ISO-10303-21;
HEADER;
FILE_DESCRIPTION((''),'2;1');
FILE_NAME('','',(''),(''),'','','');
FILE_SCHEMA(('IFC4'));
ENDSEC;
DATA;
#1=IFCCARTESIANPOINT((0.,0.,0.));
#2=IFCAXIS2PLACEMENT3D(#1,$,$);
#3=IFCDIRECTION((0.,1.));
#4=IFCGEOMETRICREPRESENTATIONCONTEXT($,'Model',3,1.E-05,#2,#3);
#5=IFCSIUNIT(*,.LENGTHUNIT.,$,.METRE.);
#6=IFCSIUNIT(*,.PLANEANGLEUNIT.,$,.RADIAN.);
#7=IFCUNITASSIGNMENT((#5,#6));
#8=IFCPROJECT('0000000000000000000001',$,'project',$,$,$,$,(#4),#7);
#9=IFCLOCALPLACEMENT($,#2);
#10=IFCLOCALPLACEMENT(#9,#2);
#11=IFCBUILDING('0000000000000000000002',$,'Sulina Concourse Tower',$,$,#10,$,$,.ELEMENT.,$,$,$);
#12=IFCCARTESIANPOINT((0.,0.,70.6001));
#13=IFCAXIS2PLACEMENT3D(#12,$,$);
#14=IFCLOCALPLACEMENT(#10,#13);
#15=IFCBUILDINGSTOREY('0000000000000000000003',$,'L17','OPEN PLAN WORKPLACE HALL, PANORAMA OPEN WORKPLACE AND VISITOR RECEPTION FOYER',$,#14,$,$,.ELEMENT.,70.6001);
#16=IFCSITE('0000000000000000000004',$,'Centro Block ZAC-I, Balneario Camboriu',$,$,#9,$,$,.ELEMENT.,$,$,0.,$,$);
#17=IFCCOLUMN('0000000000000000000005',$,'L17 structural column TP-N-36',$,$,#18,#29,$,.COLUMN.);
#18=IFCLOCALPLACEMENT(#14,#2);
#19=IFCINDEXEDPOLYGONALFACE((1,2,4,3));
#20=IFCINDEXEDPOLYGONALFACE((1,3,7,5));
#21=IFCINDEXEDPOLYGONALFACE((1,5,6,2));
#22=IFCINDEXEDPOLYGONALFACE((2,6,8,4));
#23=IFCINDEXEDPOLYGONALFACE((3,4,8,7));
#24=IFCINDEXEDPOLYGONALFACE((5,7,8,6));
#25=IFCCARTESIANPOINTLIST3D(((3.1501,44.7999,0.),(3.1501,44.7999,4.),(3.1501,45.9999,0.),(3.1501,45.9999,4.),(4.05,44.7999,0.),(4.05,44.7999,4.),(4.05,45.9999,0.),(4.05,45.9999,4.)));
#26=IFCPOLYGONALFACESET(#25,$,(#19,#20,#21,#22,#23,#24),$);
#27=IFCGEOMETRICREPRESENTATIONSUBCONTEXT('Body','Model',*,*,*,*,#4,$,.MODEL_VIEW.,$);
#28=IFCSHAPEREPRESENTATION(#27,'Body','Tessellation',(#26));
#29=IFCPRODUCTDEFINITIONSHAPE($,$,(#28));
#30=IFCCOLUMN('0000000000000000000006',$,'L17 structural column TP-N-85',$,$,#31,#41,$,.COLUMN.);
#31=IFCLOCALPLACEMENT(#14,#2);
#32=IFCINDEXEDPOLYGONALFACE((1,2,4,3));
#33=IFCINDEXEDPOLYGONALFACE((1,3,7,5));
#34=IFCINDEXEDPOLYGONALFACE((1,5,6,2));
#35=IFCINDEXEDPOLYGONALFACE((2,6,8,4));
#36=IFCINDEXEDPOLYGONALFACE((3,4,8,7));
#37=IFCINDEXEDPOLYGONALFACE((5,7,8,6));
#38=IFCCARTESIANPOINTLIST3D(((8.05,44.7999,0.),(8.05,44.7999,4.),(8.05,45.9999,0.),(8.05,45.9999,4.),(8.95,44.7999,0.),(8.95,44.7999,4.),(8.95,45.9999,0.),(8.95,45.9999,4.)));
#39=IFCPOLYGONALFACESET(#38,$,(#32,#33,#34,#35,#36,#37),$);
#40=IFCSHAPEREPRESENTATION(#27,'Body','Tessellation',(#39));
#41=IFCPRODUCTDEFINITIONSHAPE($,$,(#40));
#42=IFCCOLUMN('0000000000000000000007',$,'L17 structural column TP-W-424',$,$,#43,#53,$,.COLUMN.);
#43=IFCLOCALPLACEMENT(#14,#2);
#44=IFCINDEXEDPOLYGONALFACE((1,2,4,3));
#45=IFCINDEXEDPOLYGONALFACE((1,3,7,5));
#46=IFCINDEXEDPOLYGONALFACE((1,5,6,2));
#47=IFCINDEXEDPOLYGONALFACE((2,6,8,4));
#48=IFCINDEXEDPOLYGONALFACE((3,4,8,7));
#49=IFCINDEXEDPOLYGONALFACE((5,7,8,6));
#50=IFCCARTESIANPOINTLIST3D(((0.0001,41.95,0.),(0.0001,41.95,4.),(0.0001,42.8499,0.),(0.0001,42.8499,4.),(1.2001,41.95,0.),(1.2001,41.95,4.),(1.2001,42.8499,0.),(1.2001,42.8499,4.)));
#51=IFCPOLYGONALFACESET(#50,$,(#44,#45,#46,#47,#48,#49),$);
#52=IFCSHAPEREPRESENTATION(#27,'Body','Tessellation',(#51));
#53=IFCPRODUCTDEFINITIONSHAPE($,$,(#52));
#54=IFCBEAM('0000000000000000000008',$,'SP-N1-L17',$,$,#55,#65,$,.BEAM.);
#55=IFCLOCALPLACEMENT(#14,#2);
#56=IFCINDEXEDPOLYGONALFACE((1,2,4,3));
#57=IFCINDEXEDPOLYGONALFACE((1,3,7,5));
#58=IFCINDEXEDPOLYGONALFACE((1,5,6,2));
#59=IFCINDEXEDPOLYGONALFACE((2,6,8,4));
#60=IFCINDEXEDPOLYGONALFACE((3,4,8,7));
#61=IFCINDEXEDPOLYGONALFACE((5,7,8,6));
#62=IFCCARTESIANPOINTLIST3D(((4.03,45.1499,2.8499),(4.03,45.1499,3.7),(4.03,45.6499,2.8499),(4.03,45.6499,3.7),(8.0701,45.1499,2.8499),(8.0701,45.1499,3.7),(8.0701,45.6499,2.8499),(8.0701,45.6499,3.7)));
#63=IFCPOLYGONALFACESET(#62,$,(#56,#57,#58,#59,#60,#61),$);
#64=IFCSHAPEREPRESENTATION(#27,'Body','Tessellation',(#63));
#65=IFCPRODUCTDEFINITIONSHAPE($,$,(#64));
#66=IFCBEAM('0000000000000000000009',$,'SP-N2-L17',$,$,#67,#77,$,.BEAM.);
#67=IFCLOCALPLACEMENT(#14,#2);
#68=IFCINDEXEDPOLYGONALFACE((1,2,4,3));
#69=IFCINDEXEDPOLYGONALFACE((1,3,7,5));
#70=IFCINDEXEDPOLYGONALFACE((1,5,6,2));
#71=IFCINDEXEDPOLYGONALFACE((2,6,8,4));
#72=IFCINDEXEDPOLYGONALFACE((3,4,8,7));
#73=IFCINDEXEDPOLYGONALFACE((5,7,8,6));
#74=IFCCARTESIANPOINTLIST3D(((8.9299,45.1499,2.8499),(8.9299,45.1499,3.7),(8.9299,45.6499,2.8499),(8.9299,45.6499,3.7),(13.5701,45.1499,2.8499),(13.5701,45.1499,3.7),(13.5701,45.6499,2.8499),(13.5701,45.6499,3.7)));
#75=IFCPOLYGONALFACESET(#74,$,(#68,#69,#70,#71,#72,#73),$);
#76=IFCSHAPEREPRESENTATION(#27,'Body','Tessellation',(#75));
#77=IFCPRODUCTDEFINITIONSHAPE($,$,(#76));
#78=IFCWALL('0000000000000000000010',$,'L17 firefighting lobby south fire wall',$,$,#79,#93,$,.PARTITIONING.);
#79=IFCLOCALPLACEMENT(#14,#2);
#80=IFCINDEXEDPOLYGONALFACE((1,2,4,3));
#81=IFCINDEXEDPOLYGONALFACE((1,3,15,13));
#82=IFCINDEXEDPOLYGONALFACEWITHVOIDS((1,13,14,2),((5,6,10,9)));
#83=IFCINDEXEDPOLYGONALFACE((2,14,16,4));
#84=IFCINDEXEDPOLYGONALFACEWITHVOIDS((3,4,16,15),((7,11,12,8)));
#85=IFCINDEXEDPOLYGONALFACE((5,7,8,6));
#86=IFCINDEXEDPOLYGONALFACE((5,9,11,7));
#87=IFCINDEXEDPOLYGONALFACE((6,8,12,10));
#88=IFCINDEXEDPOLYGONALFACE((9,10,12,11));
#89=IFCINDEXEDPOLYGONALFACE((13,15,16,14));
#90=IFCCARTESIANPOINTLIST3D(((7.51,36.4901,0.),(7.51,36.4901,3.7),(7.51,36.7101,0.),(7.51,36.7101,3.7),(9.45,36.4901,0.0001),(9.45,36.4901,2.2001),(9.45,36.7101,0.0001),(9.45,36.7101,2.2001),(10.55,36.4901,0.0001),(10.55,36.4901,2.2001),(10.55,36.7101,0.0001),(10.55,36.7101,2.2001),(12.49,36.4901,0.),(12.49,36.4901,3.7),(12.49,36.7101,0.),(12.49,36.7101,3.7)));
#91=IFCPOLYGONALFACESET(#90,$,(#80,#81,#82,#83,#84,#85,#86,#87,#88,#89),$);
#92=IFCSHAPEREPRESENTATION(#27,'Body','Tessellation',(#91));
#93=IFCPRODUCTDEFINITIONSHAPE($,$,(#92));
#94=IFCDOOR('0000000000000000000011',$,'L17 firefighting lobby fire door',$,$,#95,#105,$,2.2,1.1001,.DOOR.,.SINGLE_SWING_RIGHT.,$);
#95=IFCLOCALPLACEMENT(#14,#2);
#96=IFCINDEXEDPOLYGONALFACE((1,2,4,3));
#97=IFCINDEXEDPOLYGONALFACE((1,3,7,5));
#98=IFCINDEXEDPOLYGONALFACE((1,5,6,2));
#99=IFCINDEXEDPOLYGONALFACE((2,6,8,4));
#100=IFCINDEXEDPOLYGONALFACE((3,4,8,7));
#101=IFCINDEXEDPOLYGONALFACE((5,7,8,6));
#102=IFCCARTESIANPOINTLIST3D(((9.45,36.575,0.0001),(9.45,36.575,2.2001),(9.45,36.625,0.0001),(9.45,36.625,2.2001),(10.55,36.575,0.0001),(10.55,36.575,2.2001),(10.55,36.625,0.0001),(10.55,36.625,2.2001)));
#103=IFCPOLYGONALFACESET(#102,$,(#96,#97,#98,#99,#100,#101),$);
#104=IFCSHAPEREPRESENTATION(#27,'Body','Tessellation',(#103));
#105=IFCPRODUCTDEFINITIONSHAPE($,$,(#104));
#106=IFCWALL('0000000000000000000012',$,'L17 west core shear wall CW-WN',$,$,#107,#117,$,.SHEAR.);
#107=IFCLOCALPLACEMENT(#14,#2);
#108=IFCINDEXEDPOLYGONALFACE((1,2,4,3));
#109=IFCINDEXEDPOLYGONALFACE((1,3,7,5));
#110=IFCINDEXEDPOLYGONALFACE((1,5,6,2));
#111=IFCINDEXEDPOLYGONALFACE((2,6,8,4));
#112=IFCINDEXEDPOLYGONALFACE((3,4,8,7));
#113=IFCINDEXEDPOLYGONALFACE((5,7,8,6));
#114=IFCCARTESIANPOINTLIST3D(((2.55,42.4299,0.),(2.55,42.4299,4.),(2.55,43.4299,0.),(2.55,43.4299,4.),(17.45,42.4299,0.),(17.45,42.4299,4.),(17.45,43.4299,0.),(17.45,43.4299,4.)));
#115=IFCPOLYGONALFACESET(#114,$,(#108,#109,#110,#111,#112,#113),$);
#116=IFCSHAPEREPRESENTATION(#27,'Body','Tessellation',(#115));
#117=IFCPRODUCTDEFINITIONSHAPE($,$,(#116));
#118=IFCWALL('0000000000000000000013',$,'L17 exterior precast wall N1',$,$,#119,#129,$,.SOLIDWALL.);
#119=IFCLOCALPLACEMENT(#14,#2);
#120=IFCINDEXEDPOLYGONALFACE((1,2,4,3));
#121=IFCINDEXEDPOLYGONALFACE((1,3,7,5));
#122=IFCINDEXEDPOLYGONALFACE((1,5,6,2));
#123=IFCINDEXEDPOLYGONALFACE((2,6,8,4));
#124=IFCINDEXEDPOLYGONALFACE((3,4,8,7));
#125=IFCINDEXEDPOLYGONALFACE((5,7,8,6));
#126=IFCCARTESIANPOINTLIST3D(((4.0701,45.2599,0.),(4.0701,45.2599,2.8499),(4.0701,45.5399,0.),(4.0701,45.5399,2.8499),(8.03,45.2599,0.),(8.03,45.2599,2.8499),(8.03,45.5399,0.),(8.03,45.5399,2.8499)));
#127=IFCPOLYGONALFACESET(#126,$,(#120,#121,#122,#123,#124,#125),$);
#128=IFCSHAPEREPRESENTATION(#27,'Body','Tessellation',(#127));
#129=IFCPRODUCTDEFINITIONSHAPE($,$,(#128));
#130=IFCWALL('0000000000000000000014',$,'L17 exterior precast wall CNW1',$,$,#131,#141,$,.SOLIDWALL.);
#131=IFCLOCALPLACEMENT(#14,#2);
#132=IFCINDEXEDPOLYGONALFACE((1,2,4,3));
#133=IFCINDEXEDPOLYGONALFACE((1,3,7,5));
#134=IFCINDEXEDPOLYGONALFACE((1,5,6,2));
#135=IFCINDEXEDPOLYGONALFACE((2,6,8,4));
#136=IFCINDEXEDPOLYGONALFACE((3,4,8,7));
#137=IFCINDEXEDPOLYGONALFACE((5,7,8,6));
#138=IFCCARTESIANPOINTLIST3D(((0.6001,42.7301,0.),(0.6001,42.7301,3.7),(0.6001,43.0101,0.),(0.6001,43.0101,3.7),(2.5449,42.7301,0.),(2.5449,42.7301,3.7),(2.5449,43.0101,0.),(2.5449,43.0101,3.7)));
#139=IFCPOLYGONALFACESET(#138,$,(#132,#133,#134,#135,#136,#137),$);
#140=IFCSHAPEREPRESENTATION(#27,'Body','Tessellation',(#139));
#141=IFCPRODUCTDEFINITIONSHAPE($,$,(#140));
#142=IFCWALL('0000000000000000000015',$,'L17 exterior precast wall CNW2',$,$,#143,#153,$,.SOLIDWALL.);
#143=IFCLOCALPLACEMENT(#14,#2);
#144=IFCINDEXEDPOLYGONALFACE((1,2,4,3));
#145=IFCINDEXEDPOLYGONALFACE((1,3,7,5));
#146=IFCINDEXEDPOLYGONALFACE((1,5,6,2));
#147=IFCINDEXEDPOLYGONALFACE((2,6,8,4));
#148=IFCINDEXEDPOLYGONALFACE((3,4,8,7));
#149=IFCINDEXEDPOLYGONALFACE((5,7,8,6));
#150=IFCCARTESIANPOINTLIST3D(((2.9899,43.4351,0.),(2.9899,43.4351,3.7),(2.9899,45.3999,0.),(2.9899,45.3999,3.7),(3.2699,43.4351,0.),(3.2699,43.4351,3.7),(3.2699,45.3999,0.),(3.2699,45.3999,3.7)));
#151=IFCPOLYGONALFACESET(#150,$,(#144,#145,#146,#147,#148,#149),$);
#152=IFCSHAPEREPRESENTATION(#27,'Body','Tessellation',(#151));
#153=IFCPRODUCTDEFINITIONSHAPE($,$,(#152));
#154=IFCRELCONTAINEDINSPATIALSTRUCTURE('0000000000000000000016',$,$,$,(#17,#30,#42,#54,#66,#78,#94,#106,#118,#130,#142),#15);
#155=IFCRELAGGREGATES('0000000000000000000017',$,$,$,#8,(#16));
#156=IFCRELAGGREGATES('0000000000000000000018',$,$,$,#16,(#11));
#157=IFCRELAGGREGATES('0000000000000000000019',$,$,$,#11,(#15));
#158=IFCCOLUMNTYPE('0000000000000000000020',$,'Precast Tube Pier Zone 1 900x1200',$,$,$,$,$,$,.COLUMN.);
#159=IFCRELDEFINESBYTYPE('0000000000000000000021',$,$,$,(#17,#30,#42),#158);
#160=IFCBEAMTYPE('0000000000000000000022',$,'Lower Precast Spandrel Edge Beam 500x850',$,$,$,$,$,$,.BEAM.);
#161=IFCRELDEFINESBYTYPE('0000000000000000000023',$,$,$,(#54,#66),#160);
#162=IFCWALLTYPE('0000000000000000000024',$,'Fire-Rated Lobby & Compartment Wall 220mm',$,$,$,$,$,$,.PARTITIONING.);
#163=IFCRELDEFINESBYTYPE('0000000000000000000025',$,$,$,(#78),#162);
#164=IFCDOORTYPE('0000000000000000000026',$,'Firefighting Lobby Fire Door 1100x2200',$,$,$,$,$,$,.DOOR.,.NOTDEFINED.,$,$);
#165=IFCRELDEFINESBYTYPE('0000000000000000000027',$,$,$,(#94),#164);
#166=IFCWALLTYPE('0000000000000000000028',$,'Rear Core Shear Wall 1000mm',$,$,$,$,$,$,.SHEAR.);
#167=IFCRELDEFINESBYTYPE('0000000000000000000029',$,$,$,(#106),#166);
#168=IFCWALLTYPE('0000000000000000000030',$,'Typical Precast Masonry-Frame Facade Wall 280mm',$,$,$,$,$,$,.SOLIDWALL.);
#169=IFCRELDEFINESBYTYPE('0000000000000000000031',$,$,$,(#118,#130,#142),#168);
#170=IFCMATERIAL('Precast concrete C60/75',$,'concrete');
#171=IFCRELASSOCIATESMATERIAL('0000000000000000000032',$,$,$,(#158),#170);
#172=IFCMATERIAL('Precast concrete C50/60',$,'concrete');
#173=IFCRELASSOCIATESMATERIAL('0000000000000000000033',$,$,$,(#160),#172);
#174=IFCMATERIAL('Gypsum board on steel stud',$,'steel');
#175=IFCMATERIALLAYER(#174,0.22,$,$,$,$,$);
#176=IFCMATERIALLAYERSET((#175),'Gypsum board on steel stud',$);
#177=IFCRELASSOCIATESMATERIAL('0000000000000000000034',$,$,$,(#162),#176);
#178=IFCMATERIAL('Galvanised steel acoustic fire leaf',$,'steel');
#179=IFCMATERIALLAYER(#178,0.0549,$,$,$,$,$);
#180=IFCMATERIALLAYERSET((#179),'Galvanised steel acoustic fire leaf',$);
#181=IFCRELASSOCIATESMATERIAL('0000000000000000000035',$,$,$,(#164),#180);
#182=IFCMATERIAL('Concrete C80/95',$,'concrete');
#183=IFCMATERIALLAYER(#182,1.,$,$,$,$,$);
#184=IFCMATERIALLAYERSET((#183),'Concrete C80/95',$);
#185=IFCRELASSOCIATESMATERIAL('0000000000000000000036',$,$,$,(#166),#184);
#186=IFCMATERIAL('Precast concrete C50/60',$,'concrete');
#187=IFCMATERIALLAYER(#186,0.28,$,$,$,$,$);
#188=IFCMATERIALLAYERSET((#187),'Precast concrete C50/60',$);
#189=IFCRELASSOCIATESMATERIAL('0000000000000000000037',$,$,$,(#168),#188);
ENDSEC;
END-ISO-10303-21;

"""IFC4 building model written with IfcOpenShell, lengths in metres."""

from ifc_helpers import new_model, si_unit, direction, frame, frame_2d, origin, origin_2d, place, context, subcontext, project, spatial, rectangle, extrude, material, layer, layer_set, material_profile, profile_set, type_object, element, fill, save


model = new_model("IFC4")

# Units and contexts
model_context = context("Model", 3, precision=1e-05, world=origin(), true_north=direction((0.0, 1.0)))
body_context = subcontext(model_context, "Body", "Model", "MODEL_VIEW")
ifc_project = project(units=[si_unit("LENGTHUNIT", "METRE"), si_unit("PLANEANGLEUNIT", "RADIAN")], contexts=[model_context])

# Site, building, storey
site_placement = place(None, origin())
site = spatial("IfcSite", under=ifc_project, at=site_placement, Name="Centro Block ZAC-I, Balneario Camboriu", CompositionType="ELEMENT", RefElevation=0.0)
building_placement = place(site_placement, origin())
building = spatial("IfcBuilding", under=site, at=building_placement, Name="Sulina Concourse Tower", CompositionType="ELEMENT")
storey_placement = place(building_placement, frame((0.0, 0.0, 70.6001)))
storey = spatial("IfcBuildingStorey", under=building, at=storey_placement, Name="L17", Description="OPEN PLAN WORKPLACE HALL, PANORAMA OPEN WORKPLACE AND VISITOR RECEPTION FOYER", CompositionType="ELEMENT", Elevation=70.6001)

# Columns
ifc_material_1 = material(Name="Precast concrete C60/75", Category="concrete")
ifc_material_profile_1 = material_profile(ifc_material_1, rectangle(XDim=0.8999, YDim=1.2, at=origin_2d()), Name="PC 900x1200")
ifc_profile_set_1 = profile_set([ifc_material_profile_1], Name="Precast concrete C60/75")
column_type = type_object("IfcColumnType", Name="Precast Tube Pier Zone 1 900x1200", PredefinedType="COLUMN", material=ifc_profile_set_1)
for number, where, z_axis, x_axis, name in (
    (1, (3.6001, 45.3999, 0.0), (0.0, 0.0, 1.0), (1.0, 0.0, 0.0), "L17 structural column TP-N-36"),
    (2, (8.5, 45.3999, 0.0), (0.0, 0.0, 1.0), (1.0, 0.0, 0.0), "L17 structural column TP-N-85"),
    (3, (0.6001, 42.3999, 0.0), (0.0, 0.0, 1.0), (0.0, 1.0, 0.0), "L17 structural column TP-W-424"),
):
    element("IfcColumn", number, at=place(storey_placement, frame(where, z_axis=z_axis, x_axis=x_axis)), inside=storey, type_object=column_type, Name=name, PredefinedType="COLUMN", context=body_context, shape_type="SweptSolid", body=[
        extrude(rectangle(XDim=0.8999, YDim=1.2, at=origin_2d()), origin(), (0.0, 0.0, 1.0), 4.0),
    ])

# Beams
ifc_material_2 = material(Name="Precast concrete C50/60", Category="concrete")
ifc_material_profile_2 = material_profile(ifc_material_2, rectangle(XDim=0.5, YDim=0.8501, at=origin_2d()), Name="RC 500x850")
ifc_profile_set_2 = profile_set([ifc_material_profile_2], Name="Precast concrete C50/60")
beam_type = type_object("IfcBeamType", Name="Lower Precast Spandrel Edge Beam 500x850", PredefinedType="BEAM", material=ifc_profile_set_2)
beam_1_placement = place(storey_placement, frame((4.03, 45.3999, 3.2749), z_axis=(1.0, 0.0, 0.0), x_axis=(0.0, 1.0, 0.0)))
element("IfcBeam", 4, at=beam_1_placement, inside=storey, type_object=beam_type, Name="SP-N1-L17", PredefinedType="BEAM", context=body_context, shape_type="SweptSolid", body=[
    extrude(rectangle(XDim=0.5, YDim=0.8501, at=origin_2d()), origin(), (0.0, 0.0, 1.0), 4.04),
])
beam_2_placement = place(storey_placement, frame((8.9299, 45.3999, 3.2749), z_axis=(1.0, 0.0, 0.0), x_axis=(0.0, 1.0, 0.0)))
element("IfcBeam", 5, at=beam_2_placement, inside=storey, type_object=beam_type, Name="SP-N2-L17", PredefinedType="BEAM", context=body_context, shape_type="SweptSolid", body=[
    extrude(rectangle(XDim=0.5, YDim=0.8501, at=origin_2d()), origin(), (0.0, 0.0, 1.0), 4.6401),
])

# Wall, opening, door
ifc_material_3 = material(Name="Gypsum board on steel stud", Category="steel")
ifc_layer_1 = layer(ifc_material_3, 0.22)
ifc_layer_set_1 = layer_set([ifc_layer_1], Name="Gypsum board on steel stud")
wall_type_1 = type_object("IfcWallType", Name="Fire-Rated Lobby & Compartment Wall 220mm", PredefinedType="PARTITIONING", material=ifc_layer_set_1)
wall_1_placement = place(storey_placement, frame((7.51, 36.6001, 0.0), z_axis=(0.0, 0.0, 1.0), x_axis=(1.0, 0.0, 0.0)))
wall_1 = element("IfcWall", 6, at=wall_1_placement, inside=storey, type_object=wall_type_1, Name="L17 firefighting lobby south fire wall", PredefinedType="PARTITIONING", context=body_context, shape_type="SweptSolid", body=[
    extrude(rectangle(XDim=4.98, YDim=0.22, at=frame_2d((2.49, 0.0))), origin(), (0.0, 0.0, 1.0), 3.7),
])
opening_placement = place(wall_1_placement, frame((1.9399, 0.0, 0.0)))
opening = element("IfcOpeningElement", 7, at=opening_placement, cuts=wall_1, PredefinedType="OPENING", context=body_context, shape_type="SweptSolid", body=[
    extrude(rectangle(XDim=1.1001, YDim=2.2, at=frame_2d((0.55, 1.1001))), frame((0.0, 0.1199, 0.0), z_axis=(0.0, -1.0, 0.0), x_axis=(1.0, 0.0, 0.0)), (0.0, 0.0, 1.0), 0.24),
])
ifc_material_4 = material(Name="Galvanised steel acoustic fire leaf", Category="steel")
ifc_layer_2 = layer(ifc_material_4, 0.0549)
ifc_layer_set_2 = layer_set([ifc_layer_2], Name="Galvanised steel acoustic fire leaf")
door_type = type_object("IfcDoorType", Name="Firefighting Lobby Fire Door 1100x2200", OperationType="NOTDEFINED", PredefinedType="DOOR", material=ifc_layer_set_2)
door_placement = place(opening_placement, origin())
door = element("IfcDoor", 8, at=door_placement, inside=storey, type_object=door_type, Name="L17 firefighting lobby fire door", OperationType="SINGLE_SWING_RIGHT", OverallHeight=2.2, OverallWidth=1.1001, PredefinedType="DOOR", context=body_context, shape_type="SweptSolid", body=[
    extrude(rectangle(XDim=1.1001, YDim=2.2, at=frame_2d((0.55, 1.1001))), frame((0.0, 0.0249, 0.0), z_axis=(0.0, -1.0, 0.0), x_axis=(1.0, 0.0, 0.0)), (0.0, 0.0, 1.0), 0.05),
])
fill(opening, door)

# Walls
ifc_material_5 = material(Name="Concrete C80/95", Category="concrete")
ifc_layer_3 = layer(ifc_material_5, 1.0)
ifc_layer_set_3 = layer_set([ifc_layer_3], Name="Concrete C80/95")
wall_type_2 = type_object("IfcWallType", Name="Rear Core Shear Wall 1000mm", PredefinedType="SHEAR", material=ifc_layer_set_3)
wall_2_placement = place(storey_placement, frame((2.55, 42.9299, 0.0), z_axis=(0.0, 0.0, 1.0), x_axis=(1.0, 0.0, 0.0)))
element("IfcWall", 9, at=wall_2_placement, inside=storey, type_object=wall_type_2, Name="L17 west core shear wall CW-WN", PredefinedType="SHEAR", context=body_context, shape_type="SweptSolid", body=[
    extrude(rectangle(XDim=14.8999, YDim=1.0, at=frame_2d((7.45, 0.0))), origin(), (0.0, 0.0, 1.0), 4.0),
])
ifc_material_6 = material(Name="Precast concrete C50/60", Category="concrete")
ifc_layer_4 = layer(ifc_material_6, 0.28)
ifc_layer_set_4 = layer_set([ifc_layer_4], Name="Precast concrete C50/60")
wall_type_3 = type_object("IfcWallType", Name="Typical Precast Masonry-Frame Facade Wall 280mm", PredefinedType="SOLIDWALL", material=ifc_layer_set_4)
wall_3_placement = place(storey_placement, frame((4.0701, 45.3999, 0.0), z_axis=(0.0, 0.0, 1.0), x_axis=(1.0, 0.0, 0.0)))
element("IfcWall", 10, at=wall_3_placement, inside=storey, type_object=wall_type_3, Name="L17 exterior precast wall N1", PredefinedType="SOLIDWALL", context=body_context, shape_type="SweptSolid", body=[
    extrude(rectangle(XDim=3.96, YDim=0.28, at=frame_2d((1.98, 0.0))), origin(), (0.0, 0.0, 1.0), 2.8499),
])
wall_4_placement = place(storey_placement, frame((0.6001, 42.8701, 0.0), z_axis=(0.0, 0.0, 1.0), x_axis=(1.0, 0.0, 0.0)))
element("IfcWall", 11, at=wall_4_placement, inside=storey, type_object=wall_type_3, Name="L17 exterior precast wall CNW1", PredefinedType="SOLIDWALL", context=body_context, shape_type="SweptSolid", body=[
    extrude(rectangle(XDim=1.9448, YDim=0.28, at=frame_2d((0.9724, 0.0))), origin(), (0.0, 0.0, 1.0), 3.7),
])
wall_5_placement = place(storey_placement, frame((3.1299, 43.4351, 0.0), z_axis=(0.0, 0.0, 1.0), x_axis=(0.0, 1.0, 0.0)))
element("IfcWall", 12, at=wall_5_placement, inside=storey, type_object=wall_type_3, Name="L17 exterior precast wall CNW2", PredefinedType="SOLIDWALL", context=body_context, shape_type="SweptSolid", body=[
    extrude(rectangle(XDim=1.9648, YDim=0.28, at=frame_2d((0.9824, 0.0))), origin(), (0.0, 0.0, 1.0), 3.7),
])

save(model, "model.ifc")
